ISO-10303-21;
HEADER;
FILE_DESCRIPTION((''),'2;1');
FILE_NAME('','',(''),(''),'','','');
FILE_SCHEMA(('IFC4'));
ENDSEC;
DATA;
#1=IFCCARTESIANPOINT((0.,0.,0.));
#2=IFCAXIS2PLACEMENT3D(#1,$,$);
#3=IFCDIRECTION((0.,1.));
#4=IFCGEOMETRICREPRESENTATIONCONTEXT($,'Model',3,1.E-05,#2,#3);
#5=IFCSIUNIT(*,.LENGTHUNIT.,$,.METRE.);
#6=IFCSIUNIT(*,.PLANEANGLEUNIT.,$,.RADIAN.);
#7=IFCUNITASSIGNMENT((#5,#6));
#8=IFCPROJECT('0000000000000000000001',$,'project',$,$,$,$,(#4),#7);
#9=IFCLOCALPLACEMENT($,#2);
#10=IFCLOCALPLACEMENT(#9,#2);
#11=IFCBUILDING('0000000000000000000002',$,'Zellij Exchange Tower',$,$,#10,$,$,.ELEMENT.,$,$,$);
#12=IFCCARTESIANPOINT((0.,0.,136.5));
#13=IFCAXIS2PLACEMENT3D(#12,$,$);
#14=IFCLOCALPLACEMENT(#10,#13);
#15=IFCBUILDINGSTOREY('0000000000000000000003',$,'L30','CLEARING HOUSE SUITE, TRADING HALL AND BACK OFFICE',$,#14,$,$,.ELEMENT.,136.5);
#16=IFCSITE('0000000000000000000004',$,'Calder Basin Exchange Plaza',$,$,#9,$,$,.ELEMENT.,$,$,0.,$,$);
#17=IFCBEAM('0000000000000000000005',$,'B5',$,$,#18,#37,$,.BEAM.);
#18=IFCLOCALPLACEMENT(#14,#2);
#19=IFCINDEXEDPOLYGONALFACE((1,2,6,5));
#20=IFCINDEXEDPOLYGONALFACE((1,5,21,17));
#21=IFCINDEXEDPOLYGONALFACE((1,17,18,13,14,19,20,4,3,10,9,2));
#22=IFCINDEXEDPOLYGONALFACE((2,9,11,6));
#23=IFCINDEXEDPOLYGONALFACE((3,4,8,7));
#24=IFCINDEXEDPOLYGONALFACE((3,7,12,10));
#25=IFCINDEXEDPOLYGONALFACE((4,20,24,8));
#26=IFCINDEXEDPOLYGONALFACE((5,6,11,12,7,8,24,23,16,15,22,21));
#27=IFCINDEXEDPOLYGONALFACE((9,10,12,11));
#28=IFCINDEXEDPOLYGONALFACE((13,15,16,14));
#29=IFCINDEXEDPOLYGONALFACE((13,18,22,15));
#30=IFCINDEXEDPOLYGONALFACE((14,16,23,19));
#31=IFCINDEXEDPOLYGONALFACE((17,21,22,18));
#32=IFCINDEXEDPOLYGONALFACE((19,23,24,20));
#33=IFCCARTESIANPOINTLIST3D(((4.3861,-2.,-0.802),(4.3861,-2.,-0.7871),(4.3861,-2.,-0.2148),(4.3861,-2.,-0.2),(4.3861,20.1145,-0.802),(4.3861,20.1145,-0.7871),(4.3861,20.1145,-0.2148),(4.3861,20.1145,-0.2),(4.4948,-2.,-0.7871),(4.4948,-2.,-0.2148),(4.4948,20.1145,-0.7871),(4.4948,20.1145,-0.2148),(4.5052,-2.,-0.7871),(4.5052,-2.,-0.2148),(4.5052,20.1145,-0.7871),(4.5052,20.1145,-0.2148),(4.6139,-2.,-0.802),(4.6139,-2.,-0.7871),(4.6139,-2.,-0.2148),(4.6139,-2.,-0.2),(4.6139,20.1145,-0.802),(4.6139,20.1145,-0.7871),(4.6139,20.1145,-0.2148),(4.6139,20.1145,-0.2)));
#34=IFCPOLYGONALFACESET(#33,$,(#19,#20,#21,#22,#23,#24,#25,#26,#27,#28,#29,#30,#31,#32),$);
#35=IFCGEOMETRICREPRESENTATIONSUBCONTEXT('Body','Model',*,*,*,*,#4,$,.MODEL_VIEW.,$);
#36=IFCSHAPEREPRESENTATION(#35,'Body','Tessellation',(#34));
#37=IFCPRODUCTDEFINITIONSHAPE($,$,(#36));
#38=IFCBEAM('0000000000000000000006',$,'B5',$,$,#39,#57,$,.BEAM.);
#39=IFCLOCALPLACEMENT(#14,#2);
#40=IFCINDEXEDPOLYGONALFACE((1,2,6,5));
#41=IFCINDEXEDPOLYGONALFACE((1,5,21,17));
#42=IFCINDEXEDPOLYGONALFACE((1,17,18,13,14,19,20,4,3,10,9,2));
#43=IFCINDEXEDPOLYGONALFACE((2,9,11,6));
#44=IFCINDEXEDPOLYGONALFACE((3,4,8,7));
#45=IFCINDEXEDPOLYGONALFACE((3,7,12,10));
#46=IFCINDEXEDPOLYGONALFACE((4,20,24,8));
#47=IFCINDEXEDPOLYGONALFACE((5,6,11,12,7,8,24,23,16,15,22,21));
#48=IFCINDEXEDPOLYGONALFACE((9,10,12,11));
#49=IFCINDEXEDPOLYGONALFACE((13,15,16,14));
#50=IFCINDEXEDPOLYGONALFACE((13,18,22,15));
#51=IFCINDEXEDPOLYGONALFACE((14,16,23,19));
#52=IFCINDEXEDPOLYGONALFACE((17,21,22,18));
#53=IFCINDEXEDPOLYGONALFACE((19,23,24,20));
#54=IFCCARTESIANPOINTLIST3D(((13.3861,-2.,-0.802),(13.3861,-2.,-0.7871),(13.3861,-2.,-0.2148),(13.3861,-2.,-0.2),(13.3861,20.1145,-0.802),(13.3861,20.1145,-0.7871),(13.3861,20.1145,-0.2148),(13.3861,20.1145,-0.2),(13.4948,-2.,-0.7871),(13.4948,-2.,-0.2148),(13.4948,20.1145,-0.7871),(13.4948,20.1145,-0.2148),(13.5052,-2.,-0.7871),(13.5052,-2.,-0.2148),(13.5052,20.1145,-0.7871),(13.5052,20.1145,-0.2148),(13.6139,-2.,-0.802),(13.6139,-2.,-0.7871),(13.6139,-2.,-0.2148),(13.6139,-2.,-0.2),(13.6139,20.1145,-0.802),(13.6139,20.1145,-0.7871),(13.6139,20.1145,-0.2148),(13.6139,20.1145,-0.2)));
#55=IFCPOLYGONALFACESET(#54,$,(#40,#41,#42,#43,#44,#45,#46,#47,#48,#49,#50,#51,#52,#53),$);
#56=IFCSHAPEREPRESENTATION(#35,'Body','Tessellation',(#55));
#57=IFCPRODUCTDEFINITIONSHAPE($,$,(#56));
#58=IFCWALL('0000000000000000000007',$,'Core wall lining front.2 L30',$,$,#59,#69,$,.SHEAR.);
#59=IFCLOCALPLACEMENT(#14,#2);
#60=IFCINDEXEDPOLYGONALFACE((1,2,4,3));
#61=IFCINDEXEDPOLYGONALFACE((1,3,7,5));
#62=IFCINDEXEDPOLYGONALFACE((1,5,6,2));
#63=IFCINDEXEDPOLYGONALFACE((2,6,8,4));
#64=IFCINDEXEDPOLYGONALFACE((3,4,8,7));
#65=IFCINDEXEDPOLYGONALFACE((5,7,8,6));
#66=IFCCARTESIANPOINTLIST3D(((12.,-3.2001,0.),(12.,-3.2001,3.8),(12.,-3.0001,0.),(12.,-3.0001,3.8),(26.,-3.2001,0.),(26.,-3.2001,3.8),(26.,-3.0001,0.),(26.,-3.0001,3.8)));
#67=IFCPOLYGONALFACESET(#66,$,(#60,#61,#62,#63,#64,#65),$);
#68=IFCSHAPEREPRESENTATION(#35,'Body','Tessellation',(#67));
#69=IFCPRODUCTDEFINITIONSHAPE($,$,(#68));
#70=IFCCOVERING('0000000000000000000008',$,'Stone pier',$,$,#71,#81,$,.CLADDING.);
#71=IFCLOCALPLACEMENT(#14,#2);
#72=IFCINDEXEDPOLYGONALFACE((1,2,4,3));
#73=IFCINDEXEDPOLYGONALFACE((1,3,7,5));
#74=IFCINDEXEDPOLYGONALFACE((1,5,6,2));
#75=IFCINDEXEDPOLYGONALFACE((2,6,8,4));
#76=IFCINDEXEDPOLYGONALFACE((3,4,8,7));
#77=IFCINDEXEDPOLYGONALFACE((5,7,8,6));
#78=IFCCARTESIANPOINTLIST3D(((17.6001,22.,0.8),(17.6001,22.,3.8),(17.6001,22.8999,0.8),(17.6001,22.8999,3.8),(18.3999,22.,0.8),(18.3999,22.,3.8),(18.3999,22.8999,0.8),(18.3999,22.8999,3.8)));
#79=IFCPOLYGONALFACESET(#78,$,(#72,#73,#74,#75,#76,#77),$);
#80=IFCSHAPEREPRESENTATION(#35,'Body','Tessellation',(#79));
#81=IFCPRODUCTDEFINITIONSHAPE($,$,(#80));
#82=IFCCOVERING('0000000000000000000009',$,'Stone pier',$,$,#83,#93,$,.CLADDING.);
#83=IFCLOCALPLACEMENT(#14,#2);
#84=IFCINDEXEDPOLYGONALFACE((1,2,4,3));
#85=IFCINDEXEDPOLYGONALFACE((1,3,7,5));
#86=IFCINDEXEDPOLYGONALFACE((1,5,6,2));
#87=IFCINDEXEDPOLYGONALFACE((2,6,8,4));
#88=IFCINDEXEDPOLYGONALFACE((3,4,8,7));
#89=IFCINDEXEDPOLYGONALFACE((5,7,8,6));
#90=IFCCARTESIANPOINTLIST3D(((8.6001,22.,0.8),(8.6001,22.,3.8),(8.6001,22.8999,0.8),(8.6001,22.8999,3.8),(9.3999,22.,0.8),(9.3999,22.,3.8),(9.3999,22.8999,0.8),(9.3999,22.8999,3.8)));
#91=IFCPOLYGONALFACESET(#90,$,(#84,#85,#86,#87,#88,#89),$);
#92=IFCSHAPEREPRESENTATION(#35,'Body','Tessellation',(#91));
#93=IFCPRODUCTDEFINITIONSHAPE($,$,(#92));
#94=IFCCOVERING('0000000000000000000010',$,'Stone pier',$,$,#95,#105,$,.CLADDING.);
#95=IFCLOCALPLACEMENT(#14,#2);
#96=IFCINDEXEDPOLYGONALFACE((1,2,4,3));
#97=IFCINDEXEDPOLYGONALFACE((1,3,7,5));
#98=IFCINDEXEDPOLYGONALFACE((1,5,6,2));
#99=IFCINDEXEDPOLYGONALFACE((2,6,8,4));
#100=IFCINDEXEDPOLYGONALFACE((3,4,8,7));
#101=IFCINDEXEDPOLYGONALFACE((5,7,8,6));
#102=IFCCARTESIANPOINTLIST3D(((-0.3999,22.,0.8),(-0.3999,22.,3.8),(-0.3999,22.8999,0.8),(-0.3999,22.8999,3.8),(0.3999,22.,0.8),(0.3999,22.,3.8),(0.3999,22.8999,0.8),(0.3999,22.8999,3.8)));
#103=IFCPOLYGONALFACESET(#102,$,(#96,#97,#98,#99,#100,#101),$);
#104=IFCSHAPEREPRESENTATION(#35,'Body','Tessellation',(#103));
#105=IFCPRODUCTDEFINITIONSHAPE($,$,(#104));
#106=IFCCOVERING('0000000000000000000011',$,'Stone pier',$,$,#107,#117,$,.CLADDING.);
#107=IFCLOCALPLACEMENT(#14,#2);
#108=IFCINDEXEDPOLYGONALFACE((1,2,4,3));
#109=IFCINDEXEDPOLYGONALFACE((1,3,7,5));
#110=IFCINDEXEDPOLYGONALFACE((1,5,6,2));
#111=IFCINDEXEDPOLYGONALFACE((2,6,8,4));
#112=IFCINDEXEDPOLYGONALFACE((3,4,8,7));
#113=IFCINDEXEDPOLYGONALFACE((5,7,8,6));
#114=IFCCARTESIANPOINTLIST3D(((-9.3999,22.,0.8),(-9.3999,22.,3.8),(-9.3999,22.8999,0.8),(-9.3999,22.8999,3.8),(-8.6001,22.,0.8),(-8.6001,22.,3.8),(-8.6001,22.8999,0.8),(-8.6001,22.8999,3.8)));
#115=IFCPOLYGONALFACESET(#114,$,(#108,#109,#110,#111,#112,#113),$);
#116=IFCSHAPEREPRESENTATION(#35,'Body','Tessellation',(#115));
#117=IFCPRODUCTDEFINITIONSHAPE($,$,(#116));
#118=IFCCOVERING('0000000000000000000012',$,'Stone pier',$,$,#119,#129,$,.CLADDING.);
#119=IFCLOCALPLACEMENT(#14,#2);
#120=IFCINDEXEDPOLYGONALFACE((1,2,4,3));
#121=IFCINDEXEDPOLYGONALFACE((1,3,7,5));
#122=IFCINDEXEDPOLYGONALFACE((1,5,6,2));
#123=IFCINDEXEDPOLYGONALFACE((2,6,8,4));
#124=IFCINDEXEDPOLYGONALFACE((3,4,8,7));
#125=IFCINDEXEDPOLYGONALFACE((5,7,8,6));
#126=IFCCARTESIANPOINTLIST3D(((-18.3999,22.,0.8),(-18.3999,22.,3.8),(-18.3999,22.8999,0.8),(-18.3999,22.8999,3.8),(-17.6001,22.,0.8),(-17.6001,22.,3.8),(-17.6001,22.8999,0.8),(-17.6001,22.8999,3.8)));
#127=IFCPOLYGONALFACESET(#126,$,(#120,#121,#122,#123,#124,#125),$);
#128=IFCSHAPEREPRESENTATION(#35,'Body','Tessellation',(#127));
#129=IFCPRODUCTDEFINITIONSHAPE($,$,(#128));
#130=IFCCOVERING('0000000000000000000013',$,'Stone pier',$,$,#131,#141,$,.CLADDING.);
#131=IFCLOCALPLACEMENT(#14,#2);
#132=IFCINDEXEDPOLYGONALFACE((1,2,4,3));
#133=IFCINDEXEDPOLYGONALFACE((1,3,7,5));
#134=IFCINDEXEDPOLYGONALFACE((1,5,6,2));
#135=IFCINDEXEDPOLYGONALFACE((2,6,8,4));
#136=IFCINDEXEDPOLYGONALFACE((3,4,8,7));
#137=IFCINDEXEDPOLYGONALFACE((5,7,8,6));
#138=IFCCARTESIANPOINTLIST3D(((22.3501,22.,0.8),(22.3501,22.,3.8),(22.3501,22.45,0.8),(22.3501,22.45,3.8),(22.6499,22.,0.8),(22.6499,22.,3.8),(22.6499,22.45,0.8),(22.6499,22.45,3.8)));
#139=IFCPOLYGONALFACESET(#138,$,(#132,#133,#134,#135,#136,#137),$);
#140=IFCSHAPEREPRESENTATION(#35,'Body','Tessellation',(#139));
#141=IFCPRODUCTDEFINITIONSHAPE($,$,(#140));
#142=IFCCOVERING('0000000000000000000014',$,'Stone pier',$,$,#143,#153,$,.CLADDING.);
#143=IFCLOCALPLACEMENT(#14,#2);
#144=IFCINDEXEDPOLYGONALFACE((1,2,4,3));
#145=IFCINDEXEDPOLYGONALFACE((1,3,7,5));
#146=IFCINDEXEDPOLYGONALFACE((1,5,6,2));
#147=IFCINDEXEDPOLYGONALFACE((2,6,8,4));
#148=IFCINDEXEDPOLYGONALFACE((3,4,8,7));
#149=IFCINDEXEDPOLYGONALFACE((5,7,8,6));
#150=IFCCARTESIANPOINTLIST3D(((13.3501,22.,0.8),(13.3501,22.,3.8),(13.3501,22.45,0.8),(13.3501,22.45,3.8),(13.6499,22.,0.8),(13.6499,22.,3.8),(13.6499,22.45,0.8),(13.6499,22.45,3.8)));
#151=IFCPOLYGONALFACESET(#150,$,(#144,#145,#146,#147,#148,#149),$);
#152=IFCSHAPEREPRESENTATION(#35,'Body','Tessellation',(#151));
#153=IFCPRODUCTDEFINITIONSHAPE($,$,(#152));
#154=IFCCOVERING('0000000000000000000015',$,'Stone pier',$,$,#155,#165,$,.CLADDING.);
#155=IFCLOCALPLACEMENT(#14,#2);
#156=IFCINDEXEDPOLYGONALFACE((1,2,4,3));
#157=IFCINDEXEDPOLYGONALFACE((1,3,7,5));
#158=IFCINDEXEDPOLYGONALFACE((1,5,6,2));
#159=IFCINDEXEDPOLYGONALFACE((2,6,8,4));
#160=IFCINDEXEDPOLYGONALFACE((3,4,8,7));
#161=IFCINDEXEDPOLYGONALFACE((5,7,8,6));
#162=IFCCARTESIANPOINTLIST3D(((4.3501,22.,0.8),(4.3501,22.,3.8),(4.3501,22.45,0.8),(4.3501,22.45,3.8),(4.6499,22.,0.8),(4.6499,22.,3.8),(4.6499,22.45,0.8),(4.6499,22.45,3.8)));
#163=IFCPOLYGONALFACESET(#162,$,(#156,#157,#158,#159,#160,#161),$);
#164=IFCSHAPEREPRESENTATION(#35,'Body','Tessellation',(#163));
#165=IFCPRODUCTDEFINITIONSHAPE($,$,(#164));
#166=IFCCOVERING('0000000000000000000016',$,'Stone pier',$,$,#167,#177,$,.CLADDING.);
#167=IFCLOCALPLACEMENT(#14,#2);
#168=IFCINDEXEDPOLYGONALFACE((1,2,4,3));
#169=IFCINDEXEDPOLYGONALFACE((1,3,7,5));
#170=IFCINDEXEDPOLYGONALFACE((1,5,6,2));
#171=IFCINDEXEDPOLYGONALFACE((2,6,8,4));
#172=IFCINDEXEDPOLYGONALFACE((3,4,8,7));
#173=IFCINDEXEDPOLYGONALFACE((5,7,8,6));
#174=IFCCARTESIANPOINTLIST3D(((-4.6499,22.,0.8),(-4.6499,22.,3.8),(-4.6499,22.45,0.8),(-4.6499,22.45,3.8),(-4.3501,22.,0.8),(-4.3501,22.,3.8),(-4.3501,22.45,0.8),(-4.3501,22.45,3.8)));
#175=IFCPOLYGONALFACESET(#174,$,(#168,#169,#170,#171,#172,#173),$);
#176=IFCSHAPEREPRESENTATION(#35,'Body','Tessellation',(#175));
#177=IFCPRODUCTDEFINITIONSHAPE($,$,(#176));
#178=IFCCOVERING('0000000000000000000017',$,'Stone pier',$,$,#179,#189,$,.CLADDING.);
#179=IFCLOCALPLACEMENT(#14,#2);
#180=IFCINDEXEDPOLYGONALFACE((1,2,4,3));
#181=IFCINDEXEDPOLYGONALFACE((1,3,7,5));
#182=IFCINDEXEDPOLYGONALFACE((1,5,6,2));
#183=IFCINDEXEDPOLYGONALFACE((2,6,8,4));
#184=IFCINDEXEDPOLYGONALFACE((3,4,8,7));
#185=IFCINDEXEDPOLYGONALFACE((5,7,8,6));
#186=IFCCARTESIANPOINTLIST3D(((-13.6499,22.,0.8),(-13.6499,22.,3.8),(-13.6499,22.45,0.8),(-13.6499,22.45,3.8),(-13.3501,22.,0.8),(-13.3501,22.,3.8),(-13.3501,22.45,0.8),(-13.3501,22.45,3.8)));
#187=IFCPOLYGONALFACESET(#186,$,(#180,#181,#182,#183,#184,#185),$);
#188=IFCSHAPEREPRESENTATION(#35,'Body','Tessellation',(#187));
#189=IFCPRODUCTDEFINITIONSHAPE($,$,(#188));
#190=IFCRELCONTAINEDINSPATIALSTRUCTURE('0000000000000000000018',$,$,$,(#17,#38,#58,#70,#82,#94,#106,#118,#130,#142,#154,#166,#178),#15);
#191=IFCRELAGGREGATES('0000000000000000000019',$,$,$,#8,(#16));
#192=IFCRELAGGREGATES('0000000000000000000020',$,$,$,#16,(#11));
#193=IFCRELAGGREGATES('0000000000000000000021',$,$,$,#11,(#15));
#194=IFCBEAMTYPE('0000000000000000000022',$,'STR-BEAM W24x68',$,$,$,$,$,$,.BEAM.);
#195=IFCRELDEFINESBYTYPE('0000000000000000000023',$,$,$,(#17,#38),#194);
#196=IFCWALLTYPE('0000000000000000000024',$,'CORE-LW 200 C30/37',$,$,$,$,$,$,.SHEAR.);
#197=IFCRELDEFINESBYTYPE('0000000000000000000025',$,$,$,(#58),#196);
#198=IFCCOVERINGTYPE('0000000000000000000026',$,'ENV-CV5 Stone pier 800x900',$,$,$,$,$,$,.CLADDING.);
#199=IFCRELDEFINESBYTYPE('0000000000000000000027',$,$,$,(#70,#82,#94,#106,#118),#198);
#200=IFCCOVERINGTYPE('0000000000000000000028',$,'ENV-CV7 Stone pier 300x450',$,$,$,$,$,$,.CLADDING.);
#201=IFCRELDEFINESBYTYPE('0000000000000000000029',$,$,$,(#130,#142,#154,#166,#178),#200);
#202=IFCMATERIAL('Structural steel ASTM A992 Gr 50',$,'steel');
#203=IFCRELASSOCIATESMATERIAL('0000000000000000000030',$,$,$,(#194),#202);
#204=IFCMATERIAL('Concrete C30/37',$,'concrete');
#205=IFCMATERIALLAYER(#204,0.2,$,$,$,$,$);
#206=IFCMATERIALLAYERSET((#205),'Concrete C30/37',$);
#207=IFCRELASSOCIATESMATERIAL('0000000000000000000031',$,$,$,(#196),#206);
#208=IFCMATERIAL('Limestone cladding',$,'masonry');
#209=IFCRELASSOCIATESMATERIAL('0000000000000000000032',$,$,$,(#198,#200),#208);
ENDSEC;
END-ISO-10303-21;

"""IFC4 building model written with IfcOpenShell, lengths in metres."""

from ifc_helpers import new_model, si_unit, direction, frame, frame_2d, origin, origin_2d, place, context, subcontext, project, spatial, polyline, rectangle, i_section, outline, extrude, material, layer, layer_set, material_profile, profile_set, type_object, element, save


model = new_model("IFC4")

# Units and contexts
model_context = context("Model", 3, precision=1e-05, world=origin(), true_north=direction((0.0, 1.0)))
body_context = subcontext(model_context, "Body", "Model", "MODEL_VIEW")
ifc_project = project(units=[si_unit("LENGTHUNIT", "METRE"), si_unit("PLANEANGLEUNIT", "RADIAN")], contexts=[model_context])

# Site, building, storey
site_placement = place(None, origin())
site = spatial("IfcSite", under=ifc_project, at=site_placement, Name="Calder Basin Exchange Plaza", CompositionType="ELEMENT", RefElevation=0.0)
building_placement = place(site_placement, origin())
building = spatial("IfcBuilding", under=site, at=building_placement, Name="Zellij Exchange Tower", CompositionType="ELEMENT")
storey_placement = place(building_placement, frame((0.0, 0.0, 136.5)))
storey = spatial("IfcBuildingStorey", under=building, at=storey_placement, Name="L30", Description="CLEARING HOUSE SUITE, TRADING HALL AND BACK OFFICE", CompositionType="ELEMENT", Elevation=136.5)

# Beams
ifc_material_1 = material(Name="Structural steel ASTM A992 Gr 50", Category="steel")
ifc_material_profile = material_profile(ifc_material_1, i_section(OverallWidth=0.2278, OverallDepth=0.6021, WebThickness=0.0105, FlangeThickness=0.0149, at=origin_2d()), Name="W24x68")
ifc_profile_set = profile_set([ifc_material_profile], Name="Structural steel ASTM A992 Gr 50")
beam_type = type_object("IfcBeamType", Name="STR-BEAM W24x68", PredefinedType="BEAM", material=ifc_profile_set)
for number, where, z_axis, x_axis, name in (
    (1, (4.5, -2.0, -0.501), (0.0, 1.0, 0.0), (-1.0, 0.0, 0.0), "B5"),
    (2, (13.5, -2.0, -0.501), (0.0, 1.0, 0.0), (-1.0, 0.0, 0.0), "B5"),
):
    element("IfcBeam", number, at=place(storey_placement, frame(where, z_axis=z_axis, x_axis=x_axis)), inside=storey, type_object=beam_type, Name=name, PredefinedType="BEAM", context=body_context, shape_type="SweptSolid", body=[
        extrude(i_section(OverallWidth=0.2278, OverallDepth=0.6021, WebThickness=0.0105, FlangeThickness=0.0149, at=origin_2d()), origin(), (0.0, 0.0, 1.0), 22.1145),
    ])

# Wall
ifc_material_2 = material(Name="Concrete C30/37", Category="concrete")
ifc_layer_1 = layer(ifc_material_2, 0.2)
ifc_layer_set_1 = layer_set([ifc_layer_1], Name="Concrete C30/37")
wall_type = type_object("IfcWallType", Name="CORE-LW 200 C30/37", PredefinedType="SHEAR", material=ifc_layer_set_1)
wall_placement = place(storey_placement, frame((12.0, -3.1001, 0.0), z_axis=(0.0, 0.0, 1.0), x_axis=(1.0, 0.0, 0.0)))
element("IfcWall", 3, at=wall_placement, inside=storey, type_object=wall_type, Name="Core wall lining front.2 L30", PredefinedType="SHEAR", context=body_context, shape_type="SweptSolid", body=[
    extrude(rectangle(XDim=14.0, YDim=0.2, at=frame_2d((7.0, 0.0))), origin(), (0.0, 0.0, 1.0), 3.8),
])

# Coverings
ifc_material_3 = material(Name="Limestone cladding", Category="masonry")
covering_type_1 = type_object("IfcCoveringType", Name="ENV-CV5 Stone pier 800x900", PredefinedType="CLADDING", material=ifc_material_3)
covering_1_placement = place(storey_placement, frame((0.0, 0.0, 0.8)))
element("IfcCovering", 4, at=covering_1_placement, inside=storey, type_object=covering_type_1, Name="Stone pier", PredefinedType="CLADDING", context=body_context, shape_type="SweptSolid", body=[
    extrude(outline(polyline([(18.3999, 22.0), (17.6001, 22.0), (17.6001, 22.8999), (18.3999, 22.8999), (18.3999, 22.0)])), origin(), (0.0, 0.0, 1.0), 3.0),
])
covering_2_placement = place(storey_placement, frame((0.0, 0.0, 0.8)))
element("IfcCovering", 5, at=covering_2_placement, inside=storey, type_object=covering_type_1, Name="Stone pier", PredefinedType="CLADDING", context=body_context, shape_type="SweptSolid", body=[
    extrude(outline(polyline([(9.3999, 22.0), (8.6001, 22.0), (8.6001, 22.8999), (9.3999, 22.8999), (9.3999, 22.0)])), origin(), (0.0, 0.0, 1.0), 3.0),
])
covering_3_placement = place(storey_placement, frame((0.0, 0.0, 0.8)))
element("IfcCovering", 6, at=covering_3_placement, inside=storey, type_object=covering_type_1, Name="Stone pier", PredefinedType="CLADDING", context=body_context, shape_type="SweptSolid", body=[
    extrude(outline(polyline([(0.3999, 22.0), (-0.3999, 22.0), (-0.3999, 22.8999), (0.3999, 22.8999), (0.3999, 22.0)])), origin(), (0.0, 0.0, 1.0), 3.0),
])
covering_4_placement = place(storey_placement, frame((0.0, 0.0, 0.8)))
element("IfcCovering", 7, at=covering_4_placement, inside=storey, type_object=covering_type_1, Name="Stone pier", PredefinedType="CLADDING", context=body_context, shape_type="SweptSolid", body=[
    extrude(outline(polyline([(-8.6001, 22.0), (-9.3999, 22.0), (-9.3999, 22.8999), (-8.6001, 22.8999), (-8.6001, 22.0)])), origin(), (0.0, 0.0, 1.0), 3.0),
])
covering_5_placement = place(storey_placement, frame((0.0, 0.0, 0.8)))
element("IfcCovering", 8, at=covering_5_placement, inside=storey, type_object=covering_type_1, Name="Stone pier", PredefinedType="CLADDING", context=body_context, shape_type="SweptSolid", body=[
    extrude(outline(polyline([(-17.6001, 22.0), (-18.3999, 22.0), (-18.3999, 22.8999), (-17.6001, 22.8999), (-17.6001, 22.0)])), origin(), (0.0, 0.0, 1.0), 3.0),
])
covering_type_2 = type_object("IfcCoveringType", Name="ENV-CV7 Stone pier 300x450", PredefinedType="CLADDING", material=ifc_material_3)
covering_6_placement = place(storey_placement, frame((0.0, 0.0, 0.8)))
element("IfcCovering", 9, at=covering_6_placement, inside=storey, type_object=covering_type_2, Name="Stone pier", PredefinedType="CLADDING", context=body_context, shape_type="SweptSolid", body=[
    extrude(outline(polyline([(22.6499, 22.0), (22.3501, 22.0), (22.3501, 22.45), (22.6499, 22.45), (22.6499, 22.0)])), origin(), (0.0, 0.0, 1.0), 3.0),
])
covering_7_placement = place(storey_placement, frame((0.0, 0.0, 0.8)))
element("IfcCovering", 10, at=covering_7_placement, inside=storey, type_object=covering_type_2, Name="Stone pier", PredefinedType="CLADDING", context=body_context, shape_type="SweptSolid", body=[
    extrude(outline(polyline([(13.6499, 22.0), (13.3501, 22.0), (13.3501, 22.45), (13.6499, 22.45), (13.6499, 22.0)])), origin(), (0.0, 0.0, 1.0), 3.0),
])
covering_8_placement = place(storey_placement, frame((0.0, 0.0, 0.8)))
element("IfcCovering", 11, at=covering_8_placement, inside=storey, type_object=covering_type_2, Name="Stone pier", PredefinedType="CLADDING", context=body_context, shape_type="SweptSolid", body=[
    extrude(outline(polyline([(4.6499, 22.0), (4.3501, 22.0), (4.3501, 22.45), (4.6499, 22.45), (4.6499, 22.0)])), origin(), (0.0, 0.0, 1.0), 3.0),
])
covering_9_placement = place(storey_placement, frame((0.0, 0.0, 0.8)))
element("IfcCovering", 12, at=covering_9_placement, inside=storey, type_object=covering_type_2, Name="Stone pier", PredefinedType="CLADDING", context=body_context, shape_type="SweptSolid", body=[
    extrude(outline(polyline([(-4.3501, 22.0), (-4.6499, 22.0), (-4.6499, 22.45), (-4.3501, 22.45), (-4.3501, 22.0)])), origin(), (0.0, 0.0, 1.0), 3.0),
])
covering_10_placement = place(storey_placement, frame((0.0, 0.0, 0.8)))
element("IfcCovering", 13, at=covering_10_placement, inside=storey, type_object=covering_type_2, Name="Stone pier", PredefinedType="CLADDING", context=body_context, shape_type="SweptSolid", body=[
    extrude(outline(polyline([(-13.3501, 22.0), (-13.6499, 22.0), (-13.6499, 22.45), (-13.3501, 22.45), (-13.3501, 22.0)])), origin(), (0.0, 0.0, 1.0), 3.0),
])

save(model, "model.ifc")
